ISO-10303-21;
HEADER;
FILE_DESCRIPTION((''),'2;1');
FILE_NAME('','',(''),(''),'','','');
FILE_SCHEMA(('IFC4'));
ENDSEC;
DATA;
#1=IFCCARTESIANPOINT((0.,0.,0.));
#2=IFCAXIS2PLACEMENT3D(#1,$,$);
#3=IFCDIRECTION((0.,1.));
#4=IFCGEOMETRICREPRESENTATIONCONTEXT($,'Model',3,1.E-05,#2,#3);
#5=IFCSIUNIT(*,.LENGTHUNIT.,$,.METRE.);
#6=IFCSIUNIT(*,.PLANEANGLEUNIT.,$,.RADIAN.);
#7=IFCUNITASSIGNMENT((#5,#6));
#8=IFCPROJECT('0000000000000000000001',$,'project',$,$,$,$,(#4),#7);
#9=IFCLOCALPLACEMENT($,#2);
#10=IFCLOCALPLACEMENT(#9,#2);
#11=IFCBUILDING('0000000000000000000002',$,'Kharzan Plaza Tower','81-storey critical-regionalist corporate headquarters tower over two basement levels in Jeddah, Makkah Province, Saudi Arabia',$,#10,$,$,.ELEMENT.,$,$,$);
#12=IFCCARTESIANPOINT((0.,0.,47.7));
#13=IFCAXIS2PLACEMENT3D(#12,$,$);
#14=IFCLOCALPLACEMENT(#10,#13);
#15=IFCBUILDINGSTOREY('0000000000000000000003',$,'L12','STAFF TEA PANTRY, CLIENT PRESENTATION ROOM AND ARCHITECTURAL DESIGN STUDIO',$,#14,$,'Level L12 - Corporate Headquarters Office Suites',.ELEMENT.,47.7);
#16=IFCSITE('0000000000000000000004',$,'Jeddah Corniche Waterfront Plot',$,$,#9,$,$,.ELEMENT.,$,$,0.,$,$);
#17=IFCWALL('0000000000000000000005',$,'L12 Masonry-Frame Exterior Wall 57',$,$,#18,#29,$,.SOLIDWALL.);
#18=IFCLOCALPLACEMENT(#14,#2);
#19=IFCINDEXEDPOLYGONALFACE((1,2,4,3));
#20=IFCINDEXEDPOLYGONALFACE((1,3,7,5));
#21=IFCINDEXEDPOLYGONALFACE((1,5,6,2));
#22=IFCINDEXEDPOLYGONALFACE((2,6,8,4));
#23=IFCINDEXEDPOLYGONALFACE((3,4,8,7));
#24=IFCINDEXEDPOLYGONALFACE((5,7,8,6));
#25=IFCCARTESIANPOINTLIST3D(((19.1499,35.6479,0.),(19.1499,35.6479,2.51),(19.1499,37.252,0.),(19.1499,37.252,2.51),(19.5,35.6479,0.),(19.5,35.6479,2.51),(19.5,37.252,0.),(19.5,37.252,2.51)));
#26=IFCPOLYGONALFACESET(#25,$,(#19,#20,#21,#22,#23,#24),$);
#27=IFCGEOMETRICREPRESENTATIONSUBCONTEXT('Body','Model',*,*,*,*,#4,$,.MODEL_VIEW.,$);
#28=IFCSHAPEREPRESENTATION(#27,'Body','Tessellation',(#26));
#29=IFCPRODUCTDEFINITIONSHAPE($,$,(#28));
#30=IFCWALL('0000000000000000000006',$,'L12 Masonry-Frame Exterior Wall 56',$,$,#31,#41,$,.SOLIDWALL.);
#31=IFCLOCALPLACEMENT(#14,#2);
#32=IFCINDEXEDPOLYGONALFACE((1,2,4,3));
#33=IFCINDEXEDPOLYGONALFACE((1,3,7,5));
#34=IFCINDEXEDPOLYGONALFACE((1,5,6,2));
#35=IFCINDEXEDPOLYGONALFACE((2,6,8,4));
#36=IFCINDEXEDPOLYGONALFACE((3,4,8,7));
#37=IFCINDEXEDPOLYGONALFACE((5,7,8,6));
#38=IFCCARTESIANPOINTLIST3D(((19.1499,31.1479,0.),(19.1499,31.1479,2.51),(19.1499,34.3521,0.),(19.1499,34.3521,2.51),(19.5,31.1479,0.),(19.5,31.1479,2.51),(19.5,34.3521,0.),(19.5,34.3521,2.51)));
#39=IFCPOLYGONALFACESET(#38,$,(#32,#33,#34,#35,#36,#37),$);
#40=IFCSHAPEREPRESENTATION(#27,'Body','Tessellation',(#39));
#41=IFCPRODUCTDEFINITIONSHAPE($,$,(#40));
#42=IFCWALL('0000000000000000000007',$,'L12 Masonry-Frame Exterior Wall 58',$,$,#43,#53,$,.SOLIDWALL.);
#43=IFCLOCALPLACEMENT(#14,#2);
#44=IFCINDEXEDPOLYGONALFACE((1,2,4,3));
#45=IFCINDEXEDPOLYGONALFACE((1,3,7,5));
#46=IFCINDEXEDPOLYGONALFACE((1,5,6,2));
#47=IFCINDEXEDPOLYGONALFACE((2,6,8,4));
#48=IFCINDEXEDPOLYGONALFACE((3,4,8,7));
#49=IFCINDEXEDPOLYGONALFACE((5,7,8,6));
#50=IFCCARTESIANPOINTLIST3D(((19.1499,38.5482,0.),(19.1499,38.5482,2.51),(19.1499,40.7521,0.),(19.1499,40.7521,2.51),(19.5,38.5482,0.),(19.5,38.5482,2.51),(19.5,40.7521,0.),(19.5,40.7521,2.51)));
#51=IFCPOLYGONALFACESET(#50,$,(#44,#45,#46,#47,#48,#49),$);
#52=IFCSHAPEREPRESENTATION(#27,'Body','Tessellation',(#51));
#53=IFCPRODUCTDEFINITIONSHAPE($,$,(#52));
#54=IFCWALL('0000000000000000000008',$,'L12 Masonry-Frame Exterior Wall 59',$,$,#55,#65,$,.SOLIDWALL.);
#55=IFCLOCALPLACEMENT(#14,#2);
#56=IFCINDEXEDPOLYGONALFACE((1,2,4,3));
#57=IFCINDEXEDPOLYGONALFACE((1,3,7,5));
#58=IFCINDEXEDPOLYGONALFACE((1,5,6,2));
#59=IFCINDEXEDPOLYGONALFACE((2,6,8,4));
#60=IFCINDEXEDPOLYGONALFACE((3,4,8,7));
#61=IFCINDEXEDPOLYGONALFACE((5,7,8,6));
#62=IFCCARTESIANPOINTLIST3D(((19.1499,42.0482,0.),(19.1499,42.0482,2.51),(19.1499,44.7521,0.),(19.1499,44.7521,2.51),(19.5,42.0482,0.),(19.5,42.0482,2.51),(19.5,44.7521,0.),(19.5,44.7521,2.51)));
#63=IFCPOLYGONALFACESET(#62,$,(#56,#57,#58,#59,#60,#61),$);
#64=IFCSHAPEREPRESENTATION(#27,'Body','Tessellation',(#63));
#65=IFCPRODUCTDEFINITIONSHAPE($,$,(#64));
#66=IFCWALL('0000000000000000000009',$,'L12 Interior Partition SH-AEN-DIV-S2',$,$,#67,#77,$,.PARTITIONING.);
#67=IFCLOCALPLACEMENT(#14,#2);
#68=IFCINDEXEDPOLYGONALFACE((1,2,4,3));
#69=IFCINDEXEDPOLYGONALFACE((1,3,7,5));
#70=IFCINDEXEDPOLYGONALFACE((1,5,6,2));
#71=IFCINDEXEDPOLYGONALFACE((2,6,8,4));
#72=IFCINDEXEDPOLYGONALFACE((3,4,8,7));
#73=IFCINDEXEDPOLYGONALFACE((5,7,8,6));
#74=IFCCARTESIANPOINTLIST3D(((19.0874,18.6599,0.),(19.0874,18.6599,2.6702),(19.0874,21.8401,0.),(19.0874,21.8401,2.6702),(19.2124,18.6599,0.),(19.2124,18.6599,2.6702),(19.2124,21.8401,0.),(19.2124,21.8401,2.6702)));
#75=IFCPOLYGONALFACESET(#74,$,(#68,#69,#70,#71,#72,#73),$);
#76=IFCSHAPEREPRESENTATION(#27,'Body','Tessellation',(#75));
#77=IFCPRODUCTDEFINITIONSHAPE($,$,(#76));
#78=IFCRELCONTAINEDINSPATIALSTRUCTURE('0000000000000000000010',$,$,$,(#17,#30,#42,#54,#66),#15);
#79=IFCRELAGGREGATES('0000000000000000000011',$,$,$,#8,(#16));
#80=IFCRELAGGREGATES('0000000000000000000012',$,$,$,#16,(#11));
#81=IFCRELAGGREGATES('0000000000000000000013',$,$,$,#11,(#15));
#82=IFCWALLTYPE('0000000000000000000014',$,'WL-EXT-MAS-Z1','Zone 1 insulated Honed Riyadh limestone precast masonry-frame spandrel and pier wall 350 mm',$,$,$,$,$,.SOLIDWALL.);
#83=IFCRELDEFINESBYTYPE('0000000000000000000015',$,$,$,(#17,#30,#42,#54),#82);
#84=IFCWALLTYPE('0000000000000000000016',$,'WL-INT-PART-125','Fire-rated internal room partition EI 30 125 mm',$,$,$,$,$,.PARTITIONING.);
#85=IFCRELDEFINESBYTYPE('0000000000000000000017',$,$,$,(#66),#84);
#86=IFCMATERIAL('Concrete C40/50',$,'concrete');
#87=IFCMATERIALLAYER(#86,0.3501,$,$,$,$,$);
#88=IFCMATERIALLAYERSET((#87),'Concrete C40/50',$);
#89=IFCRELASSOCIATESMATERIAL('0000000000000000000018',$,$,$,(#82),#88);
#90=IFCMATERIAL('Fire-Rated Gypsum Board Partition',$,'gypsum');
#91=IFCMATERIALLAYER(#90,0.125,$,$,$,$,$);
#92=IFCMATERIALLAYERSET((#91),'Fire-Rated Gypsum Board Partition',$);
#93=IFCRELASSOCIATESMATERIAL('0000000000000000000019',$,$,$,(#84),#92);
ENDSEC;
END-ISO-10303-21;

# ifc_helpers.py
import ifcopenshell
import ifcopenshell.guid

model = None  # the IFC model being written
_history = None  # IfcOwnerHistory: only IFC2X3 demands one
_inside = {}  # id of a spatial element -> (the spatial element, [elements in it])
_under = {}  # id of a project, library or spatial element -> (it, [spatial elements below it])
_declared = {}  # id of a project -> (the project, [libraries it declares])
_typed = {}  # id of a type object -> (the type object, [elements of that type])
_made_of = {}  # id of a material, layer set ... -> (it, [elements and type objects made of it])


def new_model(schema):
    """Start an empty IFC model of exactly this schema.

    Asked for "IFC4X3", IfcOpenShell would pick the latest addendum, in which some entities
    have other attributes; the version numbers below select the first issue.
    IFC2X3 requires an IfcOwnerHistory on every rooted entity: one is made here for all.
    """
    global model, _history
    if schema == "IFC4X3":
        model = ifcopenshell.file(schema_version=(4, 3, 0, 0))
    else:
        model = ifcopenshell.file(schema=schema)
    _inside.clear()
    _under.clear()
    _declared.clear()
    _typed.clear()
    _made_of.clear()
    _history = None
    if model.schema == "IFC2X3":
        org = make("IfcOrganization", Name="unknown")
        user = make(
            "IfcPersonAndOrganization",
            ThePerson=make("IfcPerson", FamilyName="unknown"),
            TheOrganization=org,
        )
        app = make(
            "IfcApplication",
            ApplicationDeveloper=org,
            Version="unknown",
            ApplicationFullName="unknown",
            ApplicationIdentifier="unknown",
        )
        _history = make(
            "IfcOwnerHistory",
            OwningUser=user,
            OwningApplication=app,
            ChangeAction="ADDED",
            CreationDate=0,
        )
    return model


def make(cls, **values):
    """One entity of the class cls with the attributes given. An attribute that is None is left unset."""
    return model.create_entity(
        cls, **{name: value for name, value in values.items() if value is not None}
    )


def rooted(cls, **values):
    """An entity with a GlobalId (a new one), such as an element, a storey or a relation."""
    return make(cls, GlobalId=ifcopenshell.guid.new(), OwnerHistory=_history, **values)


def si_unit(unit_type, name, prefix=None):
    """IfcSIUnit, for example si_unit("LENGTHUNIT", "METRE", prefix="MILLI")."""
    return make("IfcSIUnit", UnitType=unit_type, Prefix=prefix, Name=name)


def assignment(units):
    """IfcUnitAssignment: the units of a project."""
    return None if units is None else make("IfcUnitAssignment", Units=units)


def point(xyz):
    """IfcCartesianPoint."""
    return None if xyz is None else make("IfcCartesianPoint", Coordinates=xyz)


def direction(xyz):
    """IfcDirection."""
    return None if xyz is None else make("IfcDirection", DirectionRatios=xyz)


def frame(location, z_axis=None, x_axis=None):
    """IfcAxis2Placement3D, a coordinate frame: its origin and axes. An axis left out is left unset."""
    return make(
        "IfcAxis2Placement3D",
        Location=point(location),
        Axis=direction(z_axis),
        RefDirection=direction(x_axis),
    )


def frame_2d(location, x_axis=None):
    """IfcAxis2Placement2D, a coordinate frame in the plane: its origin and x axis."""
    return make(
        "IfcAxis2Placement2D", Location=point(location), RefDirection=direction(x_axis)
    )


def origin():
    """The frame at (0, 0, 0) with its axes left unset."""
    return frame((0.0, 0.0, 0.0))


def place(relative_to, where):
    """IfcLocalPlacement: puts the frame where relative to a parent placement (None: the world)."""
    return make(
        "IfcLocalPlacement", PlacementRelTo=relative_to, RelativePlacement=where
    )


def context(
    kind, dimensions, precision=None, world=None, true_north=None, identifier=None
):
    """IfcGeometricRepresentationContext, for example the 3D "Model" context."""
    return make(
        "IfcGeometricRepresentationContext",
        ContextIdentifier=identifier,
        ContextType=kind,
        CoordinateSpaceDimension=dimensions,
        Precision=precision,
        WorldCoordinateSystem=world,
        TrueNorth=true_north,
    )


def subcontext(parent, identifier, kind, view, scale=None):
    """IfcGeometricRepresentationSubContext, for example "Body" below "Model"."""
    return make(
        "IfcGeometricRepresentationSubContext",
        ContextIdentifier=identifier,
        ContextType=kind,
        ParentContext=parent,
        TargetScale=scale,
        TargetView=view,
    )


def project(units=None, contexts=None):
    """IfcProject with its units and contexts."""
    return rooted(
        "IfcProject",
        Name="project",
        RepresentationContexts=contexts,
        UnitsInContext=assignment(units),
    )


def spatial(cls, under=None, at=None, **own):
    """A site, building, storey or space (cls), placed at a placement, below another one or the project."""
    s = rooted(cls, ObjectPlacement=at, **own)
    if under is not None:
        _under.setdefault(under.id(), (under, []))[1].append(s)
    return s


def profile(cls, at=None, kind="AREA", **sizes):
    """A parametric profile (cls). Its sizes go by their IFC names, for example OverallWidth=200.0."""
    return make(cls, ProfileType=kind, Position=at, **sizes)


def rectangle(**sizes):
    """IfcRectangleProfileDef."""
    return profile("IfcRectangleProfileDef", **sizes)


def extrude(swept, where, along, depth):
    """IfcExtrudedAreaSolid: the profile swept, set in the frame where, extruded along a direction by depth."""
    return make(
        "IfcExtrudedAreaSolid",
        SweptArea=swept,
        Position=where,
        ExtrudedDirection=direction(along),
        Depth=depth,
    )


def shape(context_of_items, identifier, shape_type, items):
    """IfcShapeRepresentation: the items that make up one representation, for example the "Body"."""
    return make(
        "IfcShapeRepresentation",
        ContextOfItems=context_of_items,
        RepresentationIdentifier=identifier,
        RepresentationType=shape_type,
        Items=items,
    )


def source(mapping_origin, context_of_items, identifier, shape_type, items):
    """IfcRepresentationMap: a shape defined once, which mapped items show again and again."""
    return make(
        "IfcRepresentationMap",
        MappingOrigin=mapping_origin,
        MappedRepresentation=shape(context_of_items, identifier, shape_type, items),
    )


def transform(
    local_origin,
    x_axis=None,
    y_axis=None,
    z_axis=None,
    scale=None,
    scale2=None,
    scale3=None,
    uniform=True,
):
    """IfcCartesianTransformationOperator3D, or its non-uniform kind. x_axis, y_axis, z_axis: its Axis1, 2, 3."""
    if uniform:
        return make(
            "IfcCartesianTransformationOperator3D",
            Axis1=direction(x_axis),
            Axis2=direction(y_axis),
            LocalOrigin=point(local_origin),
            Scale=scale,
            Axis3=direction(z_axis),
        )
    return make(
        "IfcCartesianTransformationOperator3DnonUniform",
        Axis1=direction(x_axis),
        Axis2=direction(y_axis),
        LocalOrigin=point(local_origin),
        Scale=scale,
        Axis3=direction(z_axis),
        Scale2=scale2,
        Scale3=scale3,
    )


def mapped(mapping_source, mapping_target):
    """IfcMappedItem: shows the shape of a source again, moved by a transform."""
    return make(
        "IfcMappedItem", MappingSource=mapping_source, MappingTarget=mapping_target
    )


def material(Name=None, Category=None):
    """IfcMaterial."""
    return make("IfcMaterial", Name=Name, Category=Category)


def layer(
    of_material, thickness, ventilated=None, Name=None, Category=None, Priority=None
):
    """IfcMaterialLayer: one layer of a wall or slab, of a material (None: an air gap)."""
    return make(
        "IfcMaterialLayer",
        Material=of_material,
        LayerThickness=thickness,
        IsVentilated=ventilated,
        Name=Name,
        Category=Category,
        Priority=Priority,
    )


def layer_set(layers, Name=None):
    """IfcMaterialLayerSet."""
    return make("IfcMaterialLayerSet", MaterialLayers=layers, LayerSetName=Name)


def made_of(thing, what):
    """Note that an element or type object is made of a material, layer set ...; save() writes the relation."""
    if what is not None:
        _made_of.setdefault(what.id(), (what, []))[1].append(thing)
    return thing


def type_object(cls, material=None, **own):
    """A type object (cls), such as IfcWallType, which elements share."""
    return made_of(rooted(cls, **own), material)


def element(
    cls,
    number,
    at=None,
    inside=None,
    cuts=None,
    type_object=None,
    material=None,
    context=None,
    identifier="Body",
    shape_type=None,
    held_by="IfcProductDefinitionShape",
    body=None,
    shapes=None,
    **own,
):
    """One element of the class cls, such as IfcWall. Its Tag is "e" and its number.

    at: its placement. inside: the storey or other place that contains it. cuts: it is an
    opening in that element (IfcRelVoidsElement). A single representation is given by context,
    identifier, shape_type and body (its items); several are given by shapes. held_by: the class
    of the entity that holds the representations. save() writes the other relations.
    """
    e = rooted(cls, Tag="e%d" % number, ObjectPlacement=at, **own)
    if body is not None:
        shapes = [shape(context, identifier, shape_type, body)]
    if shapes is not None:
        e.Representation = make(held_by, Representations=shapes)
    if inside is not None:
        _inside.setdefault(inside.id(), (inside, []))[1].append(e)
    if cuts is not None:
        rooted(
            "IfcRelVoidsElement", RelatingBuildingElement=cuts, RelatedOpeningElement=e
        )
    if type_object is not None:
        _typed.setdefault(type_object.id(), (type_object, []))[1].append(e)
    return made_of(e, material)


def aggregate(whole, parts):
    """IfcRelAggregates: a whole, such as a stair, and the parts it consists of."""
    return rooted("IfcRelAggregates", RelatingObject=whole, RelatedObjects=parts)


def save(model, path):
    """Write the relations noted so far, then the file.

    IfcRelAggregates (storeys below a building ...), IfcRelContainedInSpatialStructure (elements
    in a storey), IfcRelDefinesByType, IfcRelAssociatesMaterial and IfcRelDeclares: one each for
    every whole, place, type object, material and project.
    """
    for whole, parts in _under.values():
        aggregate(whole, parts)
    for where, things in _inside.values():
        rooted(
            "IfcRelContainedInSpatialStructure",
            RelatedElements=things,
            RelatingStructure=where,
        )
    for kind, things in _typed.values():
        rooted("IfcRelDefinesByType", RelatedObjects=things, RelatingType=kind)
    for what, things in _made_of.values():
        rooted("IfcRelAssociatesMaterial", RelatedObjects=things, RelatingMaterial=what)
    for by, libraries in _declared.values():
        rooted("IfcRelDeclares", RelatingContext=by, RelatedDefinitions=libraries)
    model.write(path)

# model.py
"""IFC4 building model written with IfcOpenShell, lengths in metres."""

from ifc_helpers import new_model, si_unit, direction, frame, frame_2d, origin, place, context, subcontext, project, spatial, rectangle, extrude, source, transform, mapped, material, layer, layer_set, type_object, element, save


model = new_model("IFC4")

# Units and contexts
model_context = context("Model", 3, precision=1e-05, world=origin(), true_north=direction((0.0, 1.0)))
body_context = subcontext(model_context, "Body", "Model", "MODEL_VIEW")
ifc_project = project(units=[si_unit("LENGTHUNIT", "METRE"), si_unit("PLANEANGLEUNIT", "RADIAN")], contexts=[model_context])

# Site, building, storey
site_placement = place(None, origin())
site = spatial("IfcSite", under=ifc_project, at=site_placement, Name="Jeddah Corniche Waterfront Plot", CompositionType="ELEMENT", RefElevation=0.0)
building_placement = place(site_placement, origin())
building = spatial("IfcBuilding", under=site, at=building_placement, Name="Kharzan Plaza Tower", Description="81-storey critical-regionalist corporate headquarters tower over two basement levels in Jeddah, Makkah Province, Saudi Arabia", CompositionType="ELEMENT")
storey_placement = place(building_placement, frame((0.0, 0.0, 47.7)))
storey = spatial("IfcBuildingStorey", under=building, at=storey_placement, Name="L12", Description="STAFF TEA PANTRY, CLIENT PRESENTATION ROOM AND ARCHITECTURAL DESIGN STUDIO", LongName="Level L12 - Corporate Headquarters Office Suites", CompositionType="ELEMENT", Elevation=47.7)

# Shared definitions
ifc_material_1 = material(Name="Concrete C40/50", Category="concrete")
ifc_layer_1 = layer(ifc_material_1, 0.3501)
ifc_layer_set_1 = layer_set([ifc_layer_1], Name="Concrete C40/50")
wall_type_1 = type_object("IfcWallType", Name="WL-EXT-MAS-Z1", Description="Zone 1 insulated Honed Riyadh limestone precast masonry-frame spandrel and pier wall 350 mm", PredefinedType="SOLIDWALL", material=ifc_layer_set_1)

# Walls
shared_shape_1 = source(origin(), body_context, "Body", "SweptSolid", [
    extrude(rectangle(XDim=1.604, YDim=0.3501, at=frame_2d((0.802, 0.0))), origin(), (0.0, 0.0, 1.0), 2.51),
])
wall_1_placement = place(storey_placement, frame((19.325, 35.6479, 0.0), z_axis=(0.0, 0.0, 1.0), x_axis=(0.0, 1.0, 0.0)))
element("IfcWall", 1, at=wall_1_placement, inside=storey, type_object=wall_type_1, Name="L12 Masonry-Frame Exterior Wall 57", PredefinedType="SOLIDWALL", context=body_context, shape_type="MappedRepresentation", body=[
    mapped(shared_shape_1, transform((0.0, 0.0, 0.0), x_axis=(1.0, 0.0, 0.0), y_axis=(0.0, 1.0, 0.0), z_axis=(0.0, 0.0, 1.0))),
])
shared_shape_2 = source(origin(), body_context, "Body", "SweptSolid", [
    extrude(rectangle(XDim=3.2041, YDim=0.3501, at=frame_2d((1.6021, 0.0))), origin(), (0.0, 0.0, 1.0), 2.51),
])
wall_2_placement = place(storey_placement, frame((19.325, 31.1479, 0.0), z_axis=(0.0, 0.0, 1.0), x_axis=(0.0, 1.0, 0.0)))
element("IfcWall", 2, at=wall_2_placement, inside=storey, type_object=wall_type_1, Name="L12 Masonry-Frame Exterior Wall 56", PredefinedType="SOLIDWALL", context=body_context, shape_type="MappedRepresentation", body=[
    mapped(shared_shape_2, transform((0.0, 0.0, 0.0), x_axis=(1.0, 0.0, 0.0), y_axis=(0.0, 1.0, 0.0), z_axis=(0.0, 0.0, 1.0))),
])
shared_shape_3 = source(origin(), body_context, "Body", "SweptSolid", [
    extrude(rectangle(XDim=2.2039, YDim=0.3501, at=frame_2d((1.1021, 0.0))), origin(), (0.0, 0.0, 1.0), 2.51),
])
wall_3_placement = place(storey_placement, frame((19.325, 38.5481, 0.0), z_axis=(0.0, 0.0, 1.0), x_axis=(0.0, 1.0, 0.0)))
element("IfcWall", 3, at=wall_3_placement, inside=storey, type_object=wall_type_1, Name="L12 Masonry-Frame Exterior Wall 58", PredefinedType="SOLIDWALL", context=body_context, shape_type="MappedRepresentation", body=[
    mapped(shared_shape_3, transform((0.0, 0.0, 0.0), x_axis=(1.0, 0.0, 0.0), y_axis=(0.0, 1.0, 0.0), z_axis=(0.0, 0.0, 1.0))),
])
shared_shape_4 = source(origin(), body_context, "Body", "SweptSolid", [
    extrude(rectangle(XDim=2.7039, YDim=0.3501, at=frame_2d((1.3521, 0.0))), origin(), (0.0, 0.0, 1.0), 2.51),
])
wall_4_placement = place(storey_placement, frame((19.325, 42.0481, 0.0), z_axis=(0.0, 0.0, 1.0), x_axis=(0.0, 1.0, 0.0)))
element("IfcWall", 4, at=wall_4_placement, inside=storey, type_object=wall_type_1, Name="L12 Masonry-Frame Exterior Wall 59", PredefinedType="SOLIDWALL", context=body_context, shape_type="MappedRepresentation", body=[
    mapped(shared_shape_4, transform((0.0, 0.0, 0.0), x_axis=(1.0, 0.0, 0.0), y_axis=(0.0, 1.0, 0.0), z_axis=(0.0, 0.0, 1.0))),
])
ifc_material_2 = material(Name="Fire-Rated Gypsum Board Partition", Category="gypsum")
ifc_layer_2 = layer(ifc_material_2, 0.125)
ifc_layer_set_2 = layer_set([ifc_layer_2], Name="Fire-Rated Gypsum Board Partition")
wall_type_2 = type_object("IfcWallType", Name="WL-INT-PART-125", Description="Fire-rated internal room partition EI 30 125 mm", PredefinedType="PARTITIONING", material=ifc_layer_set_2)
shared_shape_5 = source(origin(), body_context, "Body", "SweptSolid", [
    extrude(rectangle(XDim=3.1802, YDim=0.125, at=frame_2d((1.5901, 0.0))), origin(), (0.0, 0.0, 1.0), 2.6702),
])
wall_5_placement = place(storey_placement, frame((19.1499, 18.6599, 0.0), z_axis=(0.0, 0.0, 1.0), x_axis=(0.0, 1.0, 0.0)))
element("IfcWall", 5, at=wall_5_placement, inside=storey, type_object=wall_type_2, Name="L12 Interior Partition SH-AEN-DIV-S2", PredefinedType="PARTITIONING", context=body_context, shape_type="MappedRepresentation", body=[
    mapped(shared_shape_5, transform((0.0, 0.0, 0.0), x_axis=(1.0, 0.0, 0.0), y_axis=(0.0, 1.0, 0.0), z_axis=(0.0, 0.0, 1.0))),
])

save(model, "model.ifc")
